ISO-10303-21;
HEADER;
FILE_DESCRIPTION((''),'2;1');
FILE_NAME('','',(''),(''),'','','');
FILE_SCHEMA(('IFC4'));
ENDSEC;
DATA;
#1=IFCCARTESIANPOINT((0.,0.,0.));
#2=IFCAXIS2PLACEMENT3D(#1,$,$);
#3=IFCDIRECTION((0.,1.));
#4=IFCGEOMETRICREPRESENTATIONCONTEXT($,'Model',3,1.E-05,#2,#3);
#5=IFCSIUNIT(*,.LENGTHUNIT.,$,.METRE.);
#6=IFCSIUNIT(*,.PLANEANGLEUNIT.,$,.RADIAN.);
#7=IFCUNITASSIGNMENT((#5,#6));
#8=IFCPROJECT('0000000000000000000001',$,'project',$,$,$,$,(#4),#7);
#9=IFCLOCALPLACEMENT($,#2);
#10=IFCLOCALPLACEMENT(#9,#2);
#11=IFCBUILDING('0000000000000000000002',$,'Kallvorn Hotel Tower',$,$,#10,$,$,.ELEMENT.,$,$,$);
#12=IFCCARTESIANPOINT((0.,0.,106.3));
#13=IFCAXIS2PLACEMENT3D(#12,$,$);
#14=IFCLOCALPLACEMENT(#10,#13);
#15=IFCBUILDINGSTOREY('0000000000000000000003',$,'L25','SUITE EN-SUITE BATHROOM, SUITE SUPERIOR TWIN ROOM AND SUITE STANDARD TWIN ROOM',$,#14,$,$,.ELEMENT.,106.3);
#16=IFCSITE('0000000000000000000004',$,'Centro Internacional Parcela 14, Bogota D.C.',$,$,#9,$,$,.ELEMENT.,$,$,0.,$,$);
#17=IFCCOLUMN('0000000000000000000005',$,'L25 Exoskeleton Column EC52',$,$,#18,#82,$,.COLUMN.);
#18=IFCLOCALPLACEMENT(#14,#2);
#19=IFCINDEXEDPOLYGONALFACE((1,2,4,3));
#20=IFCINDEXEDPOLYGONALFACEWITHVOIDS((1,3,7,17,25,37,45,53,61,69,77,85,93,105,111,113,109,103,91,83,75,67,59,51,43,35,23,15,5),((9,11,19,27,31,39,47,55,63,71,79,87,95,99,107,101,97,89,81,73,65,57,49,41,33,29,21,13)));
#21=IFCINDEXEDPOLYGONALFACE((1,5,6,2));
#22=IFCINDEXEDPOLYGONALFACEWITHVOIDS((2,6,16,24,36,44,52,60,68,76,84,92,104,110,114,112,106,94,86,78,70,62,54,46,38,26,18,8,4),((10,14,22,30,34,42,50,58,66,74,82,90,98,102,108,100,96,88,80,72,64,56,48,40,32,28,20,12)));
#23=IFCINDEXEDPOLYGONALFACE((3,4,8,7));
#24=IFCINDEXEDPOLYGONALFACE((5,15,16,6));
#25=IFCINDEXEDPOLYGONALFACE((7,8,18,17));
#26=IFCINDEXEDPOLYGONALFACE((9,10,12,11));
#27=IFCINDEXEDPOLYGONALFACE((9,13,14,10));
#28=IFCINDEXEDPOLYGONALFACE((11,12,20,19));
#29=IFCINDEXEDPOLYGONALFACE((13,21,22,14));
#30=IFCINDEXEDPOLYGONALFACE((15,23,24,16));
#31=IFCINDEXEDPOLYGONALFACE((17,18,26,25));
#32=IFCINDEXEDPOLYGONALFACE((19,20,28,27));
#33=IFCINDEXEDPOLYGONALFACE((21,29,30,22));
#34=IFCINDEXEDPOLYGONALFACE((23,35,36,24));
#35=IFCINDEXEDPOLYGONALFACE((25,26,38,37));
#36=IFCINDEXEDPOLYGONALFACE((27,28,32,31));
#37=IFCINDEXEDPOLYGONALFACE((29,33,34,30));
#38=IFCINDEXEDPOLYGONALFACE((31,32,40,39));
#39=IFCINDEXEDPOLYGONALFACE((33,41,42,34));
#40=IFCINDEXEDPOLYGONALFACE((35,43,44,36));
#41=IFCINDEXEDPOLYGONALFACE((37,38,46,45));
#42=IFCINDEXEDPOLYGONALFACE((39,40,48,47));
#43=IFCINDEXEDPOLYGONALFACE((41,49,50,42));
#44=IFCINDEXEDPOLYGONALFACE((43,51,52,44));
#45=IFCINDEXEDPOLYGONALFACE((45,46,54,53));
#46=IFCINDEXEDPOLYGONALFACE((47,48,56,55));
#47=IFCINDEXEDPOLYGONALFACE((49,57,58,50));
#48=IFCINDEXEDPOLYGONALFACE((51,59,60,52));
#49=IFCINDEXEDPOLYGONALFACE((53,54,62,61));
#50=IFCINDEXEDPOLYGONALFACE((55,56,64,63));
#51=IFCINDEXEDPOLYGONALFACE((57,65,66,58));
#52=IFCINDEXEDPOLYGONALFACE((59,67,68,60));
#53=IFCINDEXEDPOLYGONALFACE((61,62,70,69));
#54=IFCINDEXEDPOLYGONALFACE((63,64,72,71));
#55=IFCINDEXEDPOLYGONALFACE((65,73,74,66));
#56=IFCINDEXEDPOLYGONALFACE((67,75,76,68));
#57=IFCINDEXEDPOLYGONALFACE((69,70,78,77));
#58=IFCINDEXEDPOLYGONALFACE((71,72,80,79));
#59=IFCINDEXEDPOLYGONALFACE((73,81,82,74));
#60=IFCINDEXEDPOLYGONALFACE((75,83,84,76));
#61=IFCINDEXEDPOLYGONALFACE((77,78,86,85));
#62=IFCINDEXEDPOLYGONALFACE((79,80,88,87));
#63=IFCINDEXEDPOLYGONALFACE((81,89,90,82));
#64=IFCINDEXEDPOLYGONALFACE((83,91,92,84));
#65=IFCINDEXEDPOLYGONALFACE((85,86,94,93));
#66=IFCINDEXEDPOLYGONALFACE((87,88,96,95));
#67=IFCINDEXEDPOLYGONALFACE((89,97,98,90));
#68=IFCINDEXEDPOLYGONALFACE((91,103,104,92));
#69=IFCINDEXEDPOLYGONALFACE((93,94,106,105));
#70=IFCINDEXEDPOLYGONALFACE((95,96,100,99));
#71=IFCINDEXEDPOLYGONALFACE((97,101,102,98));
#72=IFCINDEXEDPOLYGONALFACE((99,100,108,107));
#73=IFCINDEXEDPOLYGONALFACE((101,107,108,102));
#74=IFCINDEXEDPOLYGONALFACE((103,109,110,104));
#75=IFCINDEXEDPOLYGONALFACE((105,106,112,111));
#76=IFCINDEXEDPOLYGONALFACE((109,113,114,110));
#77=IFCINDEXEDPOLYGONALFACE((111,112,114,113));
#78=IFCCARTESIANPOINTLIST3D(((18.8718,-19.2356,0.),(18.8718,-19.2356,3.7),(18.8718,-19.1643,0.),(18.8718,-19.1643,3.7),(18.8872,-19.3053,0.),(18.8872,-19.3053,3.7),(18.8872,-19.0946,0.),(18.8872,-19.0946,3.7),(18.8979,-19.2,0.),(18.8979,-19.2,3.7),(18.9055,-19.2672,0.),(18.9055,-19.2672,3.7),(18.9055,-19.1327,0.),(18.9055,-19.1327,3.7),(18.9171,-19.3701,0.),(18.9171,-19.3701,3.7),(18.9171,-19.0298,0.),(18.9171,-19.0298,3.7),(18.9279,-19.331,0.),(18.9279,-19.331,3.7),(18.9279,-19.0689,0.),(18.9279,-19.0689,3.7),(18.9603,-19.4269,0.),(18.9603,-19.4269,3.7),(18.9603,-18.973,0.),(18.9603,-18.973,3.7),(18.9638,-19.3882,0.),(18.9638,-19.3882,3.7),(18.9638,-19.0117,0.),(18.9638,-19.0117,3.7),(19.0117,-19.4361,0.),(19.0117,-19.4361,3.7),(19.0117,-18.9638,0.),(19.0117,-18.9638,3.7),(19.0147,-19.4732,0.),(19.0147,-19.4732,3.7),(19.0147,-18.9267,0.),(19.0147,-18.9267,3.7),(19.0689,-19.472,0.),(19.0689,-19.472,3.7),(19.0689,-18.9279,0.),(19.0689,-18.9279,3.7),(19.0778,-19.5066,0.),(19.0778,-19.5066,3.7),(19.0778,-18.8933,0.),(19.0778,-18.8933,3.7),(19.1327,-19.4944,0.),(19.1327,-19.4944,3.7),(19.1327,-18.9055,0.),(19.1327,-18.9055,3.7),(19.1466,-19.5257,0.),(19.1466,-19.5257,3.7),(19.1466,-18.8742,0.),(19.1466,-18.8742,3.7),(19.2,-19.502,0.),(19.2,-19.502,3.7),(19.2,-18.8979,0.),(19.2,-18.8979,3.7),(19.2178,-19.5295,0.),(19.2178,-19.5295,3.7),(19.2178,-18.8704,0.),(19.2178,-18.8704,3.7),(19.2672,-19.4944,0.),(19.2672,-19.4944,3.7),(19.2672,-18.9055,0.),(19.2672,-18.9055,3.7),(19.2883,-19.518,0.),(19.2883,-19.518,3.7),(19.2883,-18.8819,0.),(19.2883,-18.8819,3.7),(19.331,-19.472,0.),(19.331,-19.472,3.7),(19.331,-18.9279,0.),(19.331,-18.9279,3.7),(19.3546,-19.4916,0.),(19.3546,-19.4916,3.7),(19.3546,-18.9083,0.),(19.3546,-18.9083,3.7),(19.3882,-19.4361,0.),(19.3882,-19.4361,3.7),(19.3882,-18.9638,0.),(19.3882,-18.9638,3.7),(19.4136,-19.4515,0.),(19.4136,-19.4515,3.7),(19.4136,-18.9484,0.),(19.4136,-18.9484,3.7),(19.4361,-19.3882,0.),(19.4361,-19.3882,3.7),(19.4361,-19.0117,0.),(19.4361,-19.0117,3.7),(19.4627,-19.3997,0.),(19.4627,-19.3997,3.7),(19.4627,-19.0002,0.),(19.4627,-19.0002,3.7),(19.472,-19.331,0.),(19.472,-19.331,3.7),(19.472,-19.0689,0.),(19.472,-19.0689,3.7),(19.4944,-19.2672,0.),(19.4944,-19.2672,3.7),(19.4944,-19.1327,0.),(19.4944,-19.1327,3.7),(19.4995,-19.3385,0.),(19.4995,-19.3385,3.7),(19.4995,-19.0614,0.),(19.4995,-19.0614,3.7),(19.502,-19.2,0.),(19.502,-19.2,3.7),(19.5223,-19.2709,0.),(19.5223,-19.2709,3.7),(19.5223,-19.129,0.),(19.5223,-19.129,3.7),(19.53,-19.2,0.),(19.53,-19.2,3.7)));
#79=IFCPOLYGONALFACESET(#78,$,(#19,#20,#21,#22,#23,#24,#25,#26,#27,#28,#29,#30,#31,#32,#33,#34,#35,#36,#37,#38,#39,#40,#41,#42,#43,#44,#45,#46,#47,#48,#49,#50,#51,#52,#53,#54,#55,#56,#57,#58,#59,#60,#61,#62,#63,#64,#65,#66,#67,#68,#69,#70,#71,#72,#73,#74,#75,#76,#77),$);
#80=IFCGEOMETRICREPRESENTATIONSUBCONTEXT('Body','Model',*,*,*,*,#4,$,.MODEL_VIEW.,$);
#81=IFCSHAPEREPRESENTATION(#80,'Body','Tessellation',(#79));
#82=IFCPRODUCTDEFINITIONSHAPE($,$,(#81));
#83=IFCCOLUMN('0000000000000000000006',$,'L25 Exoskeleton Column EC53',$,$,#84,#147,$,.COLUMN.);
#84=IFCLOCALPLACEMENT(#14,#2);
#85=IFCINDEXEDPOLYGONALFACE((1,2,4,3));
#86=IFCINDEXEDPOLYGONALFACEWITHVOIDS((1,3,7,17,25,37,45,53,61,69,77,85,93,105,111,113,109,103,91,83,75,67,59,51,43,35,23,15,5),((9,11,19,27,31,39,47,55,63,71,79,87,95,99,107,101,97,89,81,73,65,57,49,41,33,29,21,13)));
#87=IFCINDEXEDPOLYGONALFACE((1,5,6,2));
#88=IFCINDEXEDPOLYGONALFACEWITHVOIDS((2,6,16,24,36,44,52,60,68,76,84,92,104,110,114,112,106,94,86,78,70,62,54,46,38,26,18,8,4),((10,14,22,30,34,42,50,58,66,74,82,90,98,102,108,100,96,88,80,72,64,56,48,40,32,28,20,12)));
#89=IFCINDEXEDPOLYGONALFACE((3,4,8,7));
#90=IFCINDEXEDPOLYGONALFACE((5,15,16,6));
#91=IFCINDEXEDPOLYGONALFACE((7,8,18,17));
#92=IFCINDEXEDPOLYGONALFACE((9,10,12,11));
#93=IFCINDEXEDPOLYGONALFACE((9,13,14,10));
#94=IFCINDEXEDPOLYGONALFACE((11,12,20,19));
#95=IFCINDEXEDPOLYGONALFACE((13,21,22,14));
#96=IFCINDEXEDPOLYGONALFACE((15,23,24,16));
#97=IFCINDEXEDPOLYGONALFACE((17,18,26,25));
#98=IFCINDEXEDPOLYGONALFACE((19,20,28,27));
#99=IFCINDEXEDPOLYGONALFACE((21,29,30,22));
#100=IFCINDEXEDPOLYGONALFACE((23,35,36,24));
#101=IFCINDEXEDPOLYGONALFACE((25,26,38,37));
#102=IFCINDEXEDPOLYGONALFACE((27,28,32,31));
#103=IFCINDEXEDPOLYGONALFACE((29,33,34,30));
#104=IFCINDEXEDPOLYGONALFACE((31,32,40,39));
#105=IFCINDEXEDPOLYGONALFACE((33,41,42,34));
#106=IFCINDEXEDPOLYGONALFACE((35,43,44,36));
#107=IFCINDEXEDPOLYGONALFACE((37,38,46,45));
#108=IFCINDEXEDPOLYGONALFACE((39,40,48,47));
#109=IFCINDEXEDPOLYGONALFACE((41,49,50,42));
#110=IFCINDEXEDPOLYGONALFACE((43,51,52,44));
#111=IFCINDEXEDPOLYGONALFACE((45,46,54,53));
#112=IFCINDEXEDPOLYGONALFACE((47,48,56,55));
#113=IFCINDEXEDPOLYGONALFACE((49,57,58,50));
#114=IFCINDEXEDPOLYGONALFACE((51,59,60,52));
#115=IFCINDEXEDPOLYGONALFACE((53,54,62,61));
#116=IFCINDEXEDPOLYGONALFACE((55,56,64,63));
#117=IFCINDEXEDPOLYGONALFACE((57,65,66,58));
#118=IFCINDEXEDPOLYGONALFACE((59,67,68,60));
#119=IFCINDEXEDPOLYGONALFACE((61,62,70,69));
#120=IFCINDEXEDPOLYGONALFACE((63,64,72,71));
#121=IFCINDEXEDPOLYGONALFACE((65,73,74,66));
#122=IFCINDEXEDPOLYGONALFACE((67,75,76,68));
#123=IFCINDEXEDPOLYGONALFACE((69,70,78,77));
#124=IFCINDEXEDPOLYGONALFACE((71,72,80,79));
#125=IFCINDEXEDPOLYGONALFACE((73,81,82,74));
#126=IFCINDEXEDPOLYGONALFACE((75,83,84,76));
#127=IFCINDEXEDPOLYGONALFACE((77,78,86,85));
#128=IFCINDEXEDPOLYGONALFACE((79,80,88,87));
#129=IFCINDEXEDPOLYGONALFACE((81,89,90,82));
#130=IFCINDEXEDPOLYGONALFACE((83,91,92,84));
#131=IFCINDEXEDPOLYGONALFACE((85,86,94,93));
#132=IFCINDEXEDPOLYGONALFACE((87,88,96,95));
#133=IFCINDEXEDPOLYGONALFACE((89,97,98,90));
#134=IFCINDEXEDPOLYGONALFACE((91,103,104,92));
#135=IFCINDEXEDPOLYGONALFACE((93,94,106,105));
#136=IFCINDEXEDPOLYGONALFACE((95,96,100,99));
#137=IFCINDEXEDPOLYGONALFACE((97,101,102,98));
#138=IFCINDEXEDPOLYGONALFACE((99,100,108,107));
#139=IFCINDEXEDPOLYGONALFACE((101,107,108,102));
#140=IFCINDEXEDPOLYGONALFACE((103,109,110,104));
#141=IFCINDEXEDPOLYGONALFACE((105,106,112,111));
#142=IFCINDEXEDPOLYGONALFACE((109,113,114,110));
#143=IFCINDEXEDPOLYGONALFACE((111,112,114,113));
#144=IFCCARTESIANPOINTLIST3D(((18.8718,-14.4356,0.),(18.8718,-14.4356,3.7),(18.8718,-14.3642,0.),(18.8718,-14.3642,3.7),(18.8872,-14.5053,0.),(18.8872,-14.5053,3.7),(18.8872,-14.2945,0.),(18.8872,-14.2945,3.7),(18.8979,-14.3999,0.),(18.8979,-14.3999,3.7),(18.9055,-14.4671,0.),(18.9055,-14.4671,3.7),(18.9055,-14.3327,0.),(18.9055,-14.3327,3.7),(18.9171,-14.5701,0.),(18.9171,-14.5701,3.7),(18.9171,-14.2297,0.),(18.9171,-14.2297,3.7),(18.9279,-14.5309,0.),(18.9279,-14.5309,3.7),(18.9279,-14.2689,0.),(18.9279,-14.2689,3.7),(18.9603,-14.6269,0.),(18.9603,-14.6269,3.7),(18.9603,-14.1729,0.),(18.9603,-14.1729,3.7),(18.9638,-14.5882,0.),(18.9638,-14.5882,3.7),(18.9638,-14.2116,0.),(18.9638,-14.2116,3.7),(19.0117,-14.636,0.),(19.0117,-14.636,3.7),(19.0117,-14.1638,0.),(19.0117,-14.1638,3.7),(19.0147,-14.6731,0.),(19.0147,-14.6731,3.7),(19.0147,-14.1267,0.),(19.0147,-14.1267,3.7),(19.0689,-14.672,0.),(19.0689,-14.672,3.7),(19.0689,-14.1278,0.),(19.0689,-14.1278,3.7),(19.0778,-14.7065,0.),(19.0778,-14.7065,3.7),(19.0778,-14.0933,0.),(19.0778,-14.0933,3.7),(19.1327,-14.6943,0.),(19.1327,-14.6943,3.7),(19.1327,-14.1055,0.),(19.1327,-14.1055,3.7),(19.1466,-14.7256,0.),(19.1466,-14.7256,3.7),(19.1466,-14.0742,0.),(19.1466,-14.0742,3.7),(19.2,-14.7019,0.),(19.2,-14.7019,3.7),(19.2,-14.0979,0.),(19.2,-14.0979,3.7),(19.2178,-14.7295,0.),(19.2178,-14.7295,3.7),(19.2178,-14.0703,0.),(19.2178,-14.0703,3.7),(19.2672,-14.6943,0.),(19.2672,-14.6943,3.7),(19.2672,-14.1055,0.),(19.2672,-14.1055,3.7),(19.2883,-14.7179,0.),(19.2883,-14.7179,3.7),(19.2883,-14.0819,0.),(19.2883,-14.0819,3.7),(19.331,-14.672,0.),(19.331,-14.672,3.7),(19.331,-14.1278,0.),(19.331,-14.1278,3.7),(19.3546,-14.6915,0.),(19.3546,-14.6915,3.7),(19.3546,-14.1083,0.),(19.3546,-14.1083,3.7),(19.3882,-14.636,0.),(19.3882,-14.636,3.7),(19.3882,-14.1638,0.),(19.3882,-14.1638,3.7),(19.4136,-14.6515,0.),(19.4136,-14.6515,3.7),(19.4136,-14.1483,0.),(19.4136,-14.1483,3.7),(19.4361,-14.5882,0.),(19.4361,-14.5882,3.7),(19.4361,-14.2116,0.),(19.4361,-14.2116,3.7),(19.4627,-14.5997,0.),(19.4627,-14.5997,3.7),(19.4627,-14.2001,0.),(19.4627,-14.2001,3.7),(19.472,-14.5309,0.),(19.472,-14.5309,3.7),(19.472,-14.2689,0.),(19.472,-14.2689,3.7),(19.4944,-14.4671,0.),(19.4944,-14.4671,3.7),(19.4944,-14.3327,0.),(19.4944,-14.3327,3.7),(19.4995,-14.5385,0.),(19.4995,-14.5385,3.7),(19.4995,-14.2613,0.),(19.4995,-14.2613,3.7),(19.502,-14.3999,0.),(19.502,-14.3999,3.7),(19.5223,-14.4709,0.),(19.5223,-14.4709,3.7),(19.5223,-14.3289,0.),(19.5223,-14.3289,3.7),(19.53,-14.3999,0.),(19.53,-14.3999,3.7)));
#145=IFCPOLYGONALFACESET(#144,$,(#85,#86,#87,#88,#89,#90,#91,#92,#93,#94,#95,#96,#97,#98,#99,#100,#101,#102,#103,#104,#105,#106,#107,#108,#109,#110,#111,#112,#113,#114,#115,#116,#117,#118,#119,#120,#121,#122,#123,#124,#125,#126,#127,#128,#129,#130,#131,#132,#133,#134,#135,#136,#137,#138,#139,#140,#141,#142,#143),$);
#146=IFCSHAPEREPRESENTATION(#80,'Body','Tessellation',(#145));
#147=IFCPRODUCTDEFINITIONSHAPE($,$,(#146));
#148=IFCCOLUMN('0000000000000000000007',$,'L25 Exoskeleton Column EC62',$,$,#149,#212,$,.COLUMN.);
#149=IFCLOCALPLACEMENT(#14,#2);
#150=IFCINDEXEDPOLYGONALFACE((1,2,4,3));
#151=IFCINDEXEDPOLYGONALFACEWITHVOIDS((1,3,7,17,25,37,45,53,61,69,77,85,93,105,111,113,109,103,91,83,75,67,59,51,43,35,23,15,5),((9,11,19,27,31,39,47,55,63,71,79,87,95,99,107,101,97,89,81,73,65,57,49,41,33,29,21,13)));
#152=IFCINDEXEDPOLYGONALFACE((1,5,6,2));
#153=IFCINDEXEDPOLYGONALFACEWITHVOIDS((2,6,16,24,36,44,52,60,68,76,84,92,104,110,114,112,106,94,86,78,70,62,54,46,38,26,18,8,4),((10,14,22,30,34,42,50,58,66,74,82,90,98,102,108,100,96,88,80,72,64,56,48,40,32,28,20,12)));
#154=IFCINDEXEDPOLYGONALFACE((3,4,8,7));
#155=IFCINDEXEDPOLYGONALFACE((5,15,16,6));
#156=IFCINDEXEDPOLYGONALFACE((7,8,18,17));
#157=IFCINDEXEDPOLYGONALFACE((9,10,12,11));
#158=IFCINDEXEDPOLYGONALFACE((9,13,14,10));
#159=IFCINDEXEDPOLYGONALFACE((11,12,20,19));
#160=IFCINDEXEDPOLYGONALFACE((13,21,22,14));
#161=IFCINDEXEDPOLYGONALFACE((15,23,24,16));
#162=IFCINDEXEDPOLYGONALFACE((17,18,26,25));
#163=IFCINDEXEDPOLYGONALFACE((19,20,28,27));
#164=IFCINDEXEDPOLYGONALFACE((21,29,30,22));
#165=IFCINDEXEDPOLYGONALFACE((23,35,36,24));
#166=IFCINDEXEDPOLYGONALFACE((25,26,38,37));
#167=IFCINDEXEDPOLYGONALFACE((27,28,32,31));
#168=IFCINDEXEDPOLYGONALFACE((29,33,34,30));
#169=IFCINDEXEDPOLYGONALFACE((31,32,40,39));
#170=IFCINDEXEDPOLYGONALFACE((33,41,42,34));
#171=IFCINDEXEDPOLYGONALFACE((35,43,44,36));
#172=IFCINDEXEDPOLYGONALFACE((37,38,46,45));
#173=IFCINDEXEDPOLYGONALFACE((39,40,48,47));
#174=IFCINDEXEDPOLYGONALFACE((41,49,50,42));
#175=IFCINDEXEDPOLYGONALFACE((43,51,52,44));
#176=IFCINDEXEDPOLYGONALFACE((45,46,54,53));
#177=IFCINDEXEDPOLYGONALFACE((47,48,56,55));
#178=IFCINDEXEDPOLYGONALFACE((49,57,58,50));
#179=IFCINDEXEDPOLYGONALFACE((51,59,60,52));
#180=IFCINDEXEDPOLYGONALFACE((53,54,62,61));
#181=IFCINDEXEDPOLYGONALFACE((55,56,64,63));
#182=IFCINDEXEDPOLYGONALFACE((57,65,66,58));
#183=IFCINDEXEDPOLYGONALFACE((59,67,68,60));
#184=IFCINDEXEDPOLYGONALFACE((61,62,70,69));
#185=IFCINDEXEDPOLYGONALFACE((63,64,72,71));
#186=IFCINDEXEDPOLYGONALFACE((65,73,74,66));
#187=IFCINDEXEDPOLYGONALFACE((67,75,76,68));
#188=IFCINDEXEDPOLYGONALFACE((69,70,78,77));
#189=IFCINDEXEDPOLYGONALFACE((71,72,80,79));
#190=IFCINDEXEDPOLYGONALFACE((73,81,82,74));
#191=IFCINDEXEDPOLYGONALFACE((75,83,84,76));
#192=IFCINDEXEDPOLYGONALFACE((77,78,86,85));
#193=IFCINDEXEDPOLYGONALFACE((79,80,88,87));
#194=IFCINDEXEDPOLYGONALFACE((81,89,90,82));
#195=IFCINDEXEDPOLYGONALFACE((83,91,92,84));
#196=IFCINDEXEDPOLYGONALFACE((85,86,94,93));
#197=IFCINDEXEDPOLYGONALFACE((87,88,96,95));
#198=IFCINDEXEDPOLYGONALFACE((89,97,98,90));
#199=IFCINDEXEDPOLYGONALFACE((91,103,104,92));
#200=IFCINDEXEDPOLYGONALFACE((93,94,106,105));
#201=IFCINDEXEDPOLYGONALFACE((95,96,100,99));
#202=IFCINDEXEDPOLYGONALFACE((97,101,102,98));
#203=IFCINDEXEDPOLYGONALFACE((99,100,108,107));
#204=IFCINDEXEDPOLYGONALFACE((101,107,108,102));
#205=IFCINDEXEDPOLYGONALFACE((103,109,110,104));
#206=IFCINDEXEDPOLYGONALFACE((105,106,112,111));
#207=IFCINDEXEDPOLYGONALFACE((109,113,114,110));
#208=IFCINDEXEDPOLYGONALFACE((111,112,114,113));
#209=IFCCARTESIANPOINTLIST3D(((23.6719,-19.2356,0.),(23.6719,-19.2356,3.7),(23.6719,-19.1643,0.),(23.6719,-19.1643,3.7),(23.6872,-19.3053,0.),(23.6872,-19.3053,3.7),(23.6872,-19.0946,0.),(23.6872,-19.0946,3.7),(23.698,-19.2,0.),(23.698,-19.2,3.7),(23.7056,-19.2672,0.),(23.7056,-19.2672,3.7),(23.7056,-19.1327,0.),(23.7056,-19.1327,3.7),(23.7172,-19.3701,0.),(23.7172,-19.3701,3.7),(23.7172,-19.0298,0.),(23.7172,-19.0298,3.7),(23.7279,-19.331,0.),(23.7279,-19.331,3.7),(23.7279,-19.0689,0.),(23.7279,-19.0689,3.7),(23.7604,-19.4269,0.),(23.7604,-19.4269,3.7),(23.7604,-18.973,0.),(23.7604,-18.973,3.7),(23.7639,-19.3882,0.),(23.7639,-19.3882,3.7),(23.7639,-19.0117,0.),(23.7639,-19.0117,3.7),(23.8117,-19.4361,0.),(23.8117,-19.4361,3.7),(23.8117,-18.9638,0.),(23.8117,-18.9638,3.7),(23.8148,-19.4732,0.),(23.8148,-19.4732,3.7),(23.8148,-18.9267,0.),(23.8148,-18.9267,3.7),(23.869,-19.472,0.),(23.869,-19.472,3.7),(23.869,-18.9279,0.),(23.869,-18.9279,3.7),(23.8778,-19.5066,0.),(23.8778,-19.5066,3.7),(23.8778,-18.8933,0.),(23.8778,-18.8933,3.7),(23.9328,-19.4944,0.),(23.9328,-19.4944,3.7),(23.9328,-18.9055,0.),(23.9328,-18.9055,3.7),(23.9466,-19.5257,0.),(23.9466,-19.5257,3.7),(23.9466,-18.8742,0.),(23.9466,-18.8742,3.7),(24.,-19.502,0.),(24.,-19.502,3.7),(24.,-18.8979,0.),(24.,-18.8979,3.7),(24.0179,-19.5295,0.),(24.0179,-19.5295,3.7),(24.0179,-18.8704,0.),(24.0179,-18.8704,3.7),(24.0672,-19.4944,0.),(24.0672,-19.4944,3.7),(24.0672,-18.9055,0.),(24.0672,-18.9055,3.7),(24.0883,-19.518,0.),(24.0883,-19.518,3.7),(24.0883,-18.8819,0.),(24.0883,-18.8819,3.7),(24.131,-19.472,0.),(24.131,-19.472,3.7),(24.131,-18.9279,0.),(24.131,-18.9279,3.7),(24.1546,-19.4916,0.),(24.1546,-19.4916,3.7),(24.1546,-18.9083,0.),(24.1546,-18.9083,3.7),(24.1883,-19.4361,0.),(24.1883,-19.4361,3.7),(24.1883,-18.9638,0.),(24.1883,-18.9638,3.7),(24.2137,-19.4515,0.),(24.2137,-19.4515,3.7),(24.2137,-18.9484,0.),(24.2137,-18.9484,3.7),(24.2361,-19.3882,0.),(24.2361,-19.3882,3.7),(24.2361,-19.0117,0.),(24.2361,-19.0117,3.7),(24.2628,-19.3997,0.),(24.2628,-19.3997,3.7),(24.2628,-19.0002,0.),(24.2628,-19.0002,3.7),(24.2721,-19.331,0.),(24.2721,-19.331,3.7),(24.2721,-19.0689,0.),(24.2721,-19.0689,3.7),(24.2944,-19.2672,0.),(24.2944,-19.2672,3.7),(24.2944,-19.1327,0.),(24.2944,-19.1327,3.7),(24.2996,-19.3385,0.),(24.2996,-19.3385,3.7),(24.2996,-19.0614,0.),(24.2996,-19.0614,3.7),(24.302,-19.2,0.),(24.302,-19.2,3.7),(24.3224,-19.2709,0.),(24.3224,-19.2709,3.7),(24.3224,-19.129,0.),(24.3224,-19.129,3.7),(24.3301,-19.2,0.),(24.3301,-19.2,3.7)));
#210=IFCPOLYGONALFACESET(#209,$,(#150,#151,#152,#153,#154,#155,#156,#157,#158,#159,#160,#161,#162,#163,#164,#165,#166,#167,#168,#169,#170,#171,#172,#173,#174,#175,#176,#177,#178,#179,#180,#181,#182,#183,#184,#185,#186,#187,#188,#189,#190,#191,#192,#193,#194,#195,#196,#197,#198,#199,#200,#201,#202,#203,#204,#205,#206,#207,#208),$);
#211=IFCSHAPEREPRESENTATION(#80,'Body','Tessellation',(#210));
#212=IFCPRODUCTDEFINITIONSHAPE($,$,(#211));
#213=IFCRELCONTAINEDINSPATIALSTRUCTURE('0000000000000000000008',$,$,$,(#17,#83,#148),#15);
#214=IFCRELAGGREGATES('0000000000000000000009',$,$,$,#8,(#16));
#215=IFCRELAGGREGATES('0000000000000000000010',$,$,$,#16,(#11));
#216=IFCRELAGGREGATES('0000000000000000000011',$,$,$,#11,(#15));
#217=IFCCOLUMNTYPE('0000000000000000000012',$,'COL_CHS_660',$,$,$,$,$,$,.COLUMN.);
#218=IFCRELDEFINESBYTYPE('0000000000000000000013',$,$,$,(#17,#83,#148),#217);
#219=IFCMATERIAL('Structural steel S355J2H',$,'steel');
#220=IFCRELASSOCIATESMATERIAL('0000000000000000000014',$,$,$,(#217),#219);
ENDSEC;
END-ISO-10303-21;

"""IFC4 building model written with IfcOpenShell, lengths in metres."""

from ifc_helpers import new_model, si_unit, direction, frame, origin, origin_2d, place, context, subcontext, project, spatial, hollow_circle, extrude, material, material_profile, profile_set, type_object, element, save


model = new_model("IFC4")

# Units and contexts
model_context = context("Model", 3, precision=1e-05, world=origin(), true_north=direction((0.0, 1.0)))
body_context = subcontext(model_context, "Body", "Model", "MODEL_VIEW")
ifc_project = project(units=[si_unit("LENGTHUNIT", "METRE"), si_unit("PLANEANGLEUNIT", "RADIAN")], contexts=[model_context])

# Site, building, storey
site_placement = place(None, origin())
site = spatial("IfcSite", under=ifc_project, at=site_placement, Name="Centro Internacional Parcela 14, Bogota D.C.", CompositionType="ELEMENT", RefElevation=0.0)
building_placement = place(site_placement, origin())
building = spatial("IfcBuilding", under=site, at=building_placement, Name="Kallvorn Hotel Tower", CompositionType="ELEMENT")
storey_placement = place(building_placement, frame((0.0, 0.0, 106.3)))
storey = spatial("IfcBuildingStorey", under=building, at=storey_placement, Name="L25", Description="SUITE EN-SUITE BATHROOM, SUITE SUPERIOR TWIN ROOM AND SUITE STANDARD TWIN ROOM", CompositionType="ELEMENT", Elevation=106.3)

# Columns
ifc_material_1 = material(Name="Structural steel S355J2H", Category="steel")
ifc_material_profile_1 = material_profile(ifc_material_1, hollow_circle(Radius=0.3301, WallThickness=0.0281, at=origin_2d()), Name="CHS 660x28")
ifc_profile_set_1 = profile_set([ifc_material_profile_1], Name="Structural steel S355J2H")
column_type_1 = type_object("IfcColumnType", Name="COL_CHS_660", PredefinedType="COLUMN", material=ifc_profile_set_1)
for number, where, z_axis, x_axis, name in (
    (1, (19.2, -19.2, 0.0), (0.0, 0.0, 1.0), (1.0, 0.0, 0.0), "L25 Exoskeleton Column EC52"),
    (2, (19.2, -14.3999, 0.0), (0.0, 0.0, 1.0), (1.0, 0.0, 0.0), "L25 Exoskeleton Column EC53"),
    (3, (24.0, -19.2, 0.0), (0.0, 0.0, 1.0), (1.0, 0.0, 0.0), "L25 Exoskeleton Column EC62"),
):
    element("IfcColumn", number, at=place(storey_placement, frame(where, z_axis=z_axis, x_axis=x_axis)), inside=storey, type_object=column_type_1, Name=name, PredefinedType="COLUMN", context=body_context, shape_type="SweptSolid", body=[
        extrude(hollow_circle(Radius=0.3301, WallThickness=0.0281, at=origin_2d()), origin(), (0.0, 0.0, 1.0), 3.7),
    ])

save(model, "model.ifc")
